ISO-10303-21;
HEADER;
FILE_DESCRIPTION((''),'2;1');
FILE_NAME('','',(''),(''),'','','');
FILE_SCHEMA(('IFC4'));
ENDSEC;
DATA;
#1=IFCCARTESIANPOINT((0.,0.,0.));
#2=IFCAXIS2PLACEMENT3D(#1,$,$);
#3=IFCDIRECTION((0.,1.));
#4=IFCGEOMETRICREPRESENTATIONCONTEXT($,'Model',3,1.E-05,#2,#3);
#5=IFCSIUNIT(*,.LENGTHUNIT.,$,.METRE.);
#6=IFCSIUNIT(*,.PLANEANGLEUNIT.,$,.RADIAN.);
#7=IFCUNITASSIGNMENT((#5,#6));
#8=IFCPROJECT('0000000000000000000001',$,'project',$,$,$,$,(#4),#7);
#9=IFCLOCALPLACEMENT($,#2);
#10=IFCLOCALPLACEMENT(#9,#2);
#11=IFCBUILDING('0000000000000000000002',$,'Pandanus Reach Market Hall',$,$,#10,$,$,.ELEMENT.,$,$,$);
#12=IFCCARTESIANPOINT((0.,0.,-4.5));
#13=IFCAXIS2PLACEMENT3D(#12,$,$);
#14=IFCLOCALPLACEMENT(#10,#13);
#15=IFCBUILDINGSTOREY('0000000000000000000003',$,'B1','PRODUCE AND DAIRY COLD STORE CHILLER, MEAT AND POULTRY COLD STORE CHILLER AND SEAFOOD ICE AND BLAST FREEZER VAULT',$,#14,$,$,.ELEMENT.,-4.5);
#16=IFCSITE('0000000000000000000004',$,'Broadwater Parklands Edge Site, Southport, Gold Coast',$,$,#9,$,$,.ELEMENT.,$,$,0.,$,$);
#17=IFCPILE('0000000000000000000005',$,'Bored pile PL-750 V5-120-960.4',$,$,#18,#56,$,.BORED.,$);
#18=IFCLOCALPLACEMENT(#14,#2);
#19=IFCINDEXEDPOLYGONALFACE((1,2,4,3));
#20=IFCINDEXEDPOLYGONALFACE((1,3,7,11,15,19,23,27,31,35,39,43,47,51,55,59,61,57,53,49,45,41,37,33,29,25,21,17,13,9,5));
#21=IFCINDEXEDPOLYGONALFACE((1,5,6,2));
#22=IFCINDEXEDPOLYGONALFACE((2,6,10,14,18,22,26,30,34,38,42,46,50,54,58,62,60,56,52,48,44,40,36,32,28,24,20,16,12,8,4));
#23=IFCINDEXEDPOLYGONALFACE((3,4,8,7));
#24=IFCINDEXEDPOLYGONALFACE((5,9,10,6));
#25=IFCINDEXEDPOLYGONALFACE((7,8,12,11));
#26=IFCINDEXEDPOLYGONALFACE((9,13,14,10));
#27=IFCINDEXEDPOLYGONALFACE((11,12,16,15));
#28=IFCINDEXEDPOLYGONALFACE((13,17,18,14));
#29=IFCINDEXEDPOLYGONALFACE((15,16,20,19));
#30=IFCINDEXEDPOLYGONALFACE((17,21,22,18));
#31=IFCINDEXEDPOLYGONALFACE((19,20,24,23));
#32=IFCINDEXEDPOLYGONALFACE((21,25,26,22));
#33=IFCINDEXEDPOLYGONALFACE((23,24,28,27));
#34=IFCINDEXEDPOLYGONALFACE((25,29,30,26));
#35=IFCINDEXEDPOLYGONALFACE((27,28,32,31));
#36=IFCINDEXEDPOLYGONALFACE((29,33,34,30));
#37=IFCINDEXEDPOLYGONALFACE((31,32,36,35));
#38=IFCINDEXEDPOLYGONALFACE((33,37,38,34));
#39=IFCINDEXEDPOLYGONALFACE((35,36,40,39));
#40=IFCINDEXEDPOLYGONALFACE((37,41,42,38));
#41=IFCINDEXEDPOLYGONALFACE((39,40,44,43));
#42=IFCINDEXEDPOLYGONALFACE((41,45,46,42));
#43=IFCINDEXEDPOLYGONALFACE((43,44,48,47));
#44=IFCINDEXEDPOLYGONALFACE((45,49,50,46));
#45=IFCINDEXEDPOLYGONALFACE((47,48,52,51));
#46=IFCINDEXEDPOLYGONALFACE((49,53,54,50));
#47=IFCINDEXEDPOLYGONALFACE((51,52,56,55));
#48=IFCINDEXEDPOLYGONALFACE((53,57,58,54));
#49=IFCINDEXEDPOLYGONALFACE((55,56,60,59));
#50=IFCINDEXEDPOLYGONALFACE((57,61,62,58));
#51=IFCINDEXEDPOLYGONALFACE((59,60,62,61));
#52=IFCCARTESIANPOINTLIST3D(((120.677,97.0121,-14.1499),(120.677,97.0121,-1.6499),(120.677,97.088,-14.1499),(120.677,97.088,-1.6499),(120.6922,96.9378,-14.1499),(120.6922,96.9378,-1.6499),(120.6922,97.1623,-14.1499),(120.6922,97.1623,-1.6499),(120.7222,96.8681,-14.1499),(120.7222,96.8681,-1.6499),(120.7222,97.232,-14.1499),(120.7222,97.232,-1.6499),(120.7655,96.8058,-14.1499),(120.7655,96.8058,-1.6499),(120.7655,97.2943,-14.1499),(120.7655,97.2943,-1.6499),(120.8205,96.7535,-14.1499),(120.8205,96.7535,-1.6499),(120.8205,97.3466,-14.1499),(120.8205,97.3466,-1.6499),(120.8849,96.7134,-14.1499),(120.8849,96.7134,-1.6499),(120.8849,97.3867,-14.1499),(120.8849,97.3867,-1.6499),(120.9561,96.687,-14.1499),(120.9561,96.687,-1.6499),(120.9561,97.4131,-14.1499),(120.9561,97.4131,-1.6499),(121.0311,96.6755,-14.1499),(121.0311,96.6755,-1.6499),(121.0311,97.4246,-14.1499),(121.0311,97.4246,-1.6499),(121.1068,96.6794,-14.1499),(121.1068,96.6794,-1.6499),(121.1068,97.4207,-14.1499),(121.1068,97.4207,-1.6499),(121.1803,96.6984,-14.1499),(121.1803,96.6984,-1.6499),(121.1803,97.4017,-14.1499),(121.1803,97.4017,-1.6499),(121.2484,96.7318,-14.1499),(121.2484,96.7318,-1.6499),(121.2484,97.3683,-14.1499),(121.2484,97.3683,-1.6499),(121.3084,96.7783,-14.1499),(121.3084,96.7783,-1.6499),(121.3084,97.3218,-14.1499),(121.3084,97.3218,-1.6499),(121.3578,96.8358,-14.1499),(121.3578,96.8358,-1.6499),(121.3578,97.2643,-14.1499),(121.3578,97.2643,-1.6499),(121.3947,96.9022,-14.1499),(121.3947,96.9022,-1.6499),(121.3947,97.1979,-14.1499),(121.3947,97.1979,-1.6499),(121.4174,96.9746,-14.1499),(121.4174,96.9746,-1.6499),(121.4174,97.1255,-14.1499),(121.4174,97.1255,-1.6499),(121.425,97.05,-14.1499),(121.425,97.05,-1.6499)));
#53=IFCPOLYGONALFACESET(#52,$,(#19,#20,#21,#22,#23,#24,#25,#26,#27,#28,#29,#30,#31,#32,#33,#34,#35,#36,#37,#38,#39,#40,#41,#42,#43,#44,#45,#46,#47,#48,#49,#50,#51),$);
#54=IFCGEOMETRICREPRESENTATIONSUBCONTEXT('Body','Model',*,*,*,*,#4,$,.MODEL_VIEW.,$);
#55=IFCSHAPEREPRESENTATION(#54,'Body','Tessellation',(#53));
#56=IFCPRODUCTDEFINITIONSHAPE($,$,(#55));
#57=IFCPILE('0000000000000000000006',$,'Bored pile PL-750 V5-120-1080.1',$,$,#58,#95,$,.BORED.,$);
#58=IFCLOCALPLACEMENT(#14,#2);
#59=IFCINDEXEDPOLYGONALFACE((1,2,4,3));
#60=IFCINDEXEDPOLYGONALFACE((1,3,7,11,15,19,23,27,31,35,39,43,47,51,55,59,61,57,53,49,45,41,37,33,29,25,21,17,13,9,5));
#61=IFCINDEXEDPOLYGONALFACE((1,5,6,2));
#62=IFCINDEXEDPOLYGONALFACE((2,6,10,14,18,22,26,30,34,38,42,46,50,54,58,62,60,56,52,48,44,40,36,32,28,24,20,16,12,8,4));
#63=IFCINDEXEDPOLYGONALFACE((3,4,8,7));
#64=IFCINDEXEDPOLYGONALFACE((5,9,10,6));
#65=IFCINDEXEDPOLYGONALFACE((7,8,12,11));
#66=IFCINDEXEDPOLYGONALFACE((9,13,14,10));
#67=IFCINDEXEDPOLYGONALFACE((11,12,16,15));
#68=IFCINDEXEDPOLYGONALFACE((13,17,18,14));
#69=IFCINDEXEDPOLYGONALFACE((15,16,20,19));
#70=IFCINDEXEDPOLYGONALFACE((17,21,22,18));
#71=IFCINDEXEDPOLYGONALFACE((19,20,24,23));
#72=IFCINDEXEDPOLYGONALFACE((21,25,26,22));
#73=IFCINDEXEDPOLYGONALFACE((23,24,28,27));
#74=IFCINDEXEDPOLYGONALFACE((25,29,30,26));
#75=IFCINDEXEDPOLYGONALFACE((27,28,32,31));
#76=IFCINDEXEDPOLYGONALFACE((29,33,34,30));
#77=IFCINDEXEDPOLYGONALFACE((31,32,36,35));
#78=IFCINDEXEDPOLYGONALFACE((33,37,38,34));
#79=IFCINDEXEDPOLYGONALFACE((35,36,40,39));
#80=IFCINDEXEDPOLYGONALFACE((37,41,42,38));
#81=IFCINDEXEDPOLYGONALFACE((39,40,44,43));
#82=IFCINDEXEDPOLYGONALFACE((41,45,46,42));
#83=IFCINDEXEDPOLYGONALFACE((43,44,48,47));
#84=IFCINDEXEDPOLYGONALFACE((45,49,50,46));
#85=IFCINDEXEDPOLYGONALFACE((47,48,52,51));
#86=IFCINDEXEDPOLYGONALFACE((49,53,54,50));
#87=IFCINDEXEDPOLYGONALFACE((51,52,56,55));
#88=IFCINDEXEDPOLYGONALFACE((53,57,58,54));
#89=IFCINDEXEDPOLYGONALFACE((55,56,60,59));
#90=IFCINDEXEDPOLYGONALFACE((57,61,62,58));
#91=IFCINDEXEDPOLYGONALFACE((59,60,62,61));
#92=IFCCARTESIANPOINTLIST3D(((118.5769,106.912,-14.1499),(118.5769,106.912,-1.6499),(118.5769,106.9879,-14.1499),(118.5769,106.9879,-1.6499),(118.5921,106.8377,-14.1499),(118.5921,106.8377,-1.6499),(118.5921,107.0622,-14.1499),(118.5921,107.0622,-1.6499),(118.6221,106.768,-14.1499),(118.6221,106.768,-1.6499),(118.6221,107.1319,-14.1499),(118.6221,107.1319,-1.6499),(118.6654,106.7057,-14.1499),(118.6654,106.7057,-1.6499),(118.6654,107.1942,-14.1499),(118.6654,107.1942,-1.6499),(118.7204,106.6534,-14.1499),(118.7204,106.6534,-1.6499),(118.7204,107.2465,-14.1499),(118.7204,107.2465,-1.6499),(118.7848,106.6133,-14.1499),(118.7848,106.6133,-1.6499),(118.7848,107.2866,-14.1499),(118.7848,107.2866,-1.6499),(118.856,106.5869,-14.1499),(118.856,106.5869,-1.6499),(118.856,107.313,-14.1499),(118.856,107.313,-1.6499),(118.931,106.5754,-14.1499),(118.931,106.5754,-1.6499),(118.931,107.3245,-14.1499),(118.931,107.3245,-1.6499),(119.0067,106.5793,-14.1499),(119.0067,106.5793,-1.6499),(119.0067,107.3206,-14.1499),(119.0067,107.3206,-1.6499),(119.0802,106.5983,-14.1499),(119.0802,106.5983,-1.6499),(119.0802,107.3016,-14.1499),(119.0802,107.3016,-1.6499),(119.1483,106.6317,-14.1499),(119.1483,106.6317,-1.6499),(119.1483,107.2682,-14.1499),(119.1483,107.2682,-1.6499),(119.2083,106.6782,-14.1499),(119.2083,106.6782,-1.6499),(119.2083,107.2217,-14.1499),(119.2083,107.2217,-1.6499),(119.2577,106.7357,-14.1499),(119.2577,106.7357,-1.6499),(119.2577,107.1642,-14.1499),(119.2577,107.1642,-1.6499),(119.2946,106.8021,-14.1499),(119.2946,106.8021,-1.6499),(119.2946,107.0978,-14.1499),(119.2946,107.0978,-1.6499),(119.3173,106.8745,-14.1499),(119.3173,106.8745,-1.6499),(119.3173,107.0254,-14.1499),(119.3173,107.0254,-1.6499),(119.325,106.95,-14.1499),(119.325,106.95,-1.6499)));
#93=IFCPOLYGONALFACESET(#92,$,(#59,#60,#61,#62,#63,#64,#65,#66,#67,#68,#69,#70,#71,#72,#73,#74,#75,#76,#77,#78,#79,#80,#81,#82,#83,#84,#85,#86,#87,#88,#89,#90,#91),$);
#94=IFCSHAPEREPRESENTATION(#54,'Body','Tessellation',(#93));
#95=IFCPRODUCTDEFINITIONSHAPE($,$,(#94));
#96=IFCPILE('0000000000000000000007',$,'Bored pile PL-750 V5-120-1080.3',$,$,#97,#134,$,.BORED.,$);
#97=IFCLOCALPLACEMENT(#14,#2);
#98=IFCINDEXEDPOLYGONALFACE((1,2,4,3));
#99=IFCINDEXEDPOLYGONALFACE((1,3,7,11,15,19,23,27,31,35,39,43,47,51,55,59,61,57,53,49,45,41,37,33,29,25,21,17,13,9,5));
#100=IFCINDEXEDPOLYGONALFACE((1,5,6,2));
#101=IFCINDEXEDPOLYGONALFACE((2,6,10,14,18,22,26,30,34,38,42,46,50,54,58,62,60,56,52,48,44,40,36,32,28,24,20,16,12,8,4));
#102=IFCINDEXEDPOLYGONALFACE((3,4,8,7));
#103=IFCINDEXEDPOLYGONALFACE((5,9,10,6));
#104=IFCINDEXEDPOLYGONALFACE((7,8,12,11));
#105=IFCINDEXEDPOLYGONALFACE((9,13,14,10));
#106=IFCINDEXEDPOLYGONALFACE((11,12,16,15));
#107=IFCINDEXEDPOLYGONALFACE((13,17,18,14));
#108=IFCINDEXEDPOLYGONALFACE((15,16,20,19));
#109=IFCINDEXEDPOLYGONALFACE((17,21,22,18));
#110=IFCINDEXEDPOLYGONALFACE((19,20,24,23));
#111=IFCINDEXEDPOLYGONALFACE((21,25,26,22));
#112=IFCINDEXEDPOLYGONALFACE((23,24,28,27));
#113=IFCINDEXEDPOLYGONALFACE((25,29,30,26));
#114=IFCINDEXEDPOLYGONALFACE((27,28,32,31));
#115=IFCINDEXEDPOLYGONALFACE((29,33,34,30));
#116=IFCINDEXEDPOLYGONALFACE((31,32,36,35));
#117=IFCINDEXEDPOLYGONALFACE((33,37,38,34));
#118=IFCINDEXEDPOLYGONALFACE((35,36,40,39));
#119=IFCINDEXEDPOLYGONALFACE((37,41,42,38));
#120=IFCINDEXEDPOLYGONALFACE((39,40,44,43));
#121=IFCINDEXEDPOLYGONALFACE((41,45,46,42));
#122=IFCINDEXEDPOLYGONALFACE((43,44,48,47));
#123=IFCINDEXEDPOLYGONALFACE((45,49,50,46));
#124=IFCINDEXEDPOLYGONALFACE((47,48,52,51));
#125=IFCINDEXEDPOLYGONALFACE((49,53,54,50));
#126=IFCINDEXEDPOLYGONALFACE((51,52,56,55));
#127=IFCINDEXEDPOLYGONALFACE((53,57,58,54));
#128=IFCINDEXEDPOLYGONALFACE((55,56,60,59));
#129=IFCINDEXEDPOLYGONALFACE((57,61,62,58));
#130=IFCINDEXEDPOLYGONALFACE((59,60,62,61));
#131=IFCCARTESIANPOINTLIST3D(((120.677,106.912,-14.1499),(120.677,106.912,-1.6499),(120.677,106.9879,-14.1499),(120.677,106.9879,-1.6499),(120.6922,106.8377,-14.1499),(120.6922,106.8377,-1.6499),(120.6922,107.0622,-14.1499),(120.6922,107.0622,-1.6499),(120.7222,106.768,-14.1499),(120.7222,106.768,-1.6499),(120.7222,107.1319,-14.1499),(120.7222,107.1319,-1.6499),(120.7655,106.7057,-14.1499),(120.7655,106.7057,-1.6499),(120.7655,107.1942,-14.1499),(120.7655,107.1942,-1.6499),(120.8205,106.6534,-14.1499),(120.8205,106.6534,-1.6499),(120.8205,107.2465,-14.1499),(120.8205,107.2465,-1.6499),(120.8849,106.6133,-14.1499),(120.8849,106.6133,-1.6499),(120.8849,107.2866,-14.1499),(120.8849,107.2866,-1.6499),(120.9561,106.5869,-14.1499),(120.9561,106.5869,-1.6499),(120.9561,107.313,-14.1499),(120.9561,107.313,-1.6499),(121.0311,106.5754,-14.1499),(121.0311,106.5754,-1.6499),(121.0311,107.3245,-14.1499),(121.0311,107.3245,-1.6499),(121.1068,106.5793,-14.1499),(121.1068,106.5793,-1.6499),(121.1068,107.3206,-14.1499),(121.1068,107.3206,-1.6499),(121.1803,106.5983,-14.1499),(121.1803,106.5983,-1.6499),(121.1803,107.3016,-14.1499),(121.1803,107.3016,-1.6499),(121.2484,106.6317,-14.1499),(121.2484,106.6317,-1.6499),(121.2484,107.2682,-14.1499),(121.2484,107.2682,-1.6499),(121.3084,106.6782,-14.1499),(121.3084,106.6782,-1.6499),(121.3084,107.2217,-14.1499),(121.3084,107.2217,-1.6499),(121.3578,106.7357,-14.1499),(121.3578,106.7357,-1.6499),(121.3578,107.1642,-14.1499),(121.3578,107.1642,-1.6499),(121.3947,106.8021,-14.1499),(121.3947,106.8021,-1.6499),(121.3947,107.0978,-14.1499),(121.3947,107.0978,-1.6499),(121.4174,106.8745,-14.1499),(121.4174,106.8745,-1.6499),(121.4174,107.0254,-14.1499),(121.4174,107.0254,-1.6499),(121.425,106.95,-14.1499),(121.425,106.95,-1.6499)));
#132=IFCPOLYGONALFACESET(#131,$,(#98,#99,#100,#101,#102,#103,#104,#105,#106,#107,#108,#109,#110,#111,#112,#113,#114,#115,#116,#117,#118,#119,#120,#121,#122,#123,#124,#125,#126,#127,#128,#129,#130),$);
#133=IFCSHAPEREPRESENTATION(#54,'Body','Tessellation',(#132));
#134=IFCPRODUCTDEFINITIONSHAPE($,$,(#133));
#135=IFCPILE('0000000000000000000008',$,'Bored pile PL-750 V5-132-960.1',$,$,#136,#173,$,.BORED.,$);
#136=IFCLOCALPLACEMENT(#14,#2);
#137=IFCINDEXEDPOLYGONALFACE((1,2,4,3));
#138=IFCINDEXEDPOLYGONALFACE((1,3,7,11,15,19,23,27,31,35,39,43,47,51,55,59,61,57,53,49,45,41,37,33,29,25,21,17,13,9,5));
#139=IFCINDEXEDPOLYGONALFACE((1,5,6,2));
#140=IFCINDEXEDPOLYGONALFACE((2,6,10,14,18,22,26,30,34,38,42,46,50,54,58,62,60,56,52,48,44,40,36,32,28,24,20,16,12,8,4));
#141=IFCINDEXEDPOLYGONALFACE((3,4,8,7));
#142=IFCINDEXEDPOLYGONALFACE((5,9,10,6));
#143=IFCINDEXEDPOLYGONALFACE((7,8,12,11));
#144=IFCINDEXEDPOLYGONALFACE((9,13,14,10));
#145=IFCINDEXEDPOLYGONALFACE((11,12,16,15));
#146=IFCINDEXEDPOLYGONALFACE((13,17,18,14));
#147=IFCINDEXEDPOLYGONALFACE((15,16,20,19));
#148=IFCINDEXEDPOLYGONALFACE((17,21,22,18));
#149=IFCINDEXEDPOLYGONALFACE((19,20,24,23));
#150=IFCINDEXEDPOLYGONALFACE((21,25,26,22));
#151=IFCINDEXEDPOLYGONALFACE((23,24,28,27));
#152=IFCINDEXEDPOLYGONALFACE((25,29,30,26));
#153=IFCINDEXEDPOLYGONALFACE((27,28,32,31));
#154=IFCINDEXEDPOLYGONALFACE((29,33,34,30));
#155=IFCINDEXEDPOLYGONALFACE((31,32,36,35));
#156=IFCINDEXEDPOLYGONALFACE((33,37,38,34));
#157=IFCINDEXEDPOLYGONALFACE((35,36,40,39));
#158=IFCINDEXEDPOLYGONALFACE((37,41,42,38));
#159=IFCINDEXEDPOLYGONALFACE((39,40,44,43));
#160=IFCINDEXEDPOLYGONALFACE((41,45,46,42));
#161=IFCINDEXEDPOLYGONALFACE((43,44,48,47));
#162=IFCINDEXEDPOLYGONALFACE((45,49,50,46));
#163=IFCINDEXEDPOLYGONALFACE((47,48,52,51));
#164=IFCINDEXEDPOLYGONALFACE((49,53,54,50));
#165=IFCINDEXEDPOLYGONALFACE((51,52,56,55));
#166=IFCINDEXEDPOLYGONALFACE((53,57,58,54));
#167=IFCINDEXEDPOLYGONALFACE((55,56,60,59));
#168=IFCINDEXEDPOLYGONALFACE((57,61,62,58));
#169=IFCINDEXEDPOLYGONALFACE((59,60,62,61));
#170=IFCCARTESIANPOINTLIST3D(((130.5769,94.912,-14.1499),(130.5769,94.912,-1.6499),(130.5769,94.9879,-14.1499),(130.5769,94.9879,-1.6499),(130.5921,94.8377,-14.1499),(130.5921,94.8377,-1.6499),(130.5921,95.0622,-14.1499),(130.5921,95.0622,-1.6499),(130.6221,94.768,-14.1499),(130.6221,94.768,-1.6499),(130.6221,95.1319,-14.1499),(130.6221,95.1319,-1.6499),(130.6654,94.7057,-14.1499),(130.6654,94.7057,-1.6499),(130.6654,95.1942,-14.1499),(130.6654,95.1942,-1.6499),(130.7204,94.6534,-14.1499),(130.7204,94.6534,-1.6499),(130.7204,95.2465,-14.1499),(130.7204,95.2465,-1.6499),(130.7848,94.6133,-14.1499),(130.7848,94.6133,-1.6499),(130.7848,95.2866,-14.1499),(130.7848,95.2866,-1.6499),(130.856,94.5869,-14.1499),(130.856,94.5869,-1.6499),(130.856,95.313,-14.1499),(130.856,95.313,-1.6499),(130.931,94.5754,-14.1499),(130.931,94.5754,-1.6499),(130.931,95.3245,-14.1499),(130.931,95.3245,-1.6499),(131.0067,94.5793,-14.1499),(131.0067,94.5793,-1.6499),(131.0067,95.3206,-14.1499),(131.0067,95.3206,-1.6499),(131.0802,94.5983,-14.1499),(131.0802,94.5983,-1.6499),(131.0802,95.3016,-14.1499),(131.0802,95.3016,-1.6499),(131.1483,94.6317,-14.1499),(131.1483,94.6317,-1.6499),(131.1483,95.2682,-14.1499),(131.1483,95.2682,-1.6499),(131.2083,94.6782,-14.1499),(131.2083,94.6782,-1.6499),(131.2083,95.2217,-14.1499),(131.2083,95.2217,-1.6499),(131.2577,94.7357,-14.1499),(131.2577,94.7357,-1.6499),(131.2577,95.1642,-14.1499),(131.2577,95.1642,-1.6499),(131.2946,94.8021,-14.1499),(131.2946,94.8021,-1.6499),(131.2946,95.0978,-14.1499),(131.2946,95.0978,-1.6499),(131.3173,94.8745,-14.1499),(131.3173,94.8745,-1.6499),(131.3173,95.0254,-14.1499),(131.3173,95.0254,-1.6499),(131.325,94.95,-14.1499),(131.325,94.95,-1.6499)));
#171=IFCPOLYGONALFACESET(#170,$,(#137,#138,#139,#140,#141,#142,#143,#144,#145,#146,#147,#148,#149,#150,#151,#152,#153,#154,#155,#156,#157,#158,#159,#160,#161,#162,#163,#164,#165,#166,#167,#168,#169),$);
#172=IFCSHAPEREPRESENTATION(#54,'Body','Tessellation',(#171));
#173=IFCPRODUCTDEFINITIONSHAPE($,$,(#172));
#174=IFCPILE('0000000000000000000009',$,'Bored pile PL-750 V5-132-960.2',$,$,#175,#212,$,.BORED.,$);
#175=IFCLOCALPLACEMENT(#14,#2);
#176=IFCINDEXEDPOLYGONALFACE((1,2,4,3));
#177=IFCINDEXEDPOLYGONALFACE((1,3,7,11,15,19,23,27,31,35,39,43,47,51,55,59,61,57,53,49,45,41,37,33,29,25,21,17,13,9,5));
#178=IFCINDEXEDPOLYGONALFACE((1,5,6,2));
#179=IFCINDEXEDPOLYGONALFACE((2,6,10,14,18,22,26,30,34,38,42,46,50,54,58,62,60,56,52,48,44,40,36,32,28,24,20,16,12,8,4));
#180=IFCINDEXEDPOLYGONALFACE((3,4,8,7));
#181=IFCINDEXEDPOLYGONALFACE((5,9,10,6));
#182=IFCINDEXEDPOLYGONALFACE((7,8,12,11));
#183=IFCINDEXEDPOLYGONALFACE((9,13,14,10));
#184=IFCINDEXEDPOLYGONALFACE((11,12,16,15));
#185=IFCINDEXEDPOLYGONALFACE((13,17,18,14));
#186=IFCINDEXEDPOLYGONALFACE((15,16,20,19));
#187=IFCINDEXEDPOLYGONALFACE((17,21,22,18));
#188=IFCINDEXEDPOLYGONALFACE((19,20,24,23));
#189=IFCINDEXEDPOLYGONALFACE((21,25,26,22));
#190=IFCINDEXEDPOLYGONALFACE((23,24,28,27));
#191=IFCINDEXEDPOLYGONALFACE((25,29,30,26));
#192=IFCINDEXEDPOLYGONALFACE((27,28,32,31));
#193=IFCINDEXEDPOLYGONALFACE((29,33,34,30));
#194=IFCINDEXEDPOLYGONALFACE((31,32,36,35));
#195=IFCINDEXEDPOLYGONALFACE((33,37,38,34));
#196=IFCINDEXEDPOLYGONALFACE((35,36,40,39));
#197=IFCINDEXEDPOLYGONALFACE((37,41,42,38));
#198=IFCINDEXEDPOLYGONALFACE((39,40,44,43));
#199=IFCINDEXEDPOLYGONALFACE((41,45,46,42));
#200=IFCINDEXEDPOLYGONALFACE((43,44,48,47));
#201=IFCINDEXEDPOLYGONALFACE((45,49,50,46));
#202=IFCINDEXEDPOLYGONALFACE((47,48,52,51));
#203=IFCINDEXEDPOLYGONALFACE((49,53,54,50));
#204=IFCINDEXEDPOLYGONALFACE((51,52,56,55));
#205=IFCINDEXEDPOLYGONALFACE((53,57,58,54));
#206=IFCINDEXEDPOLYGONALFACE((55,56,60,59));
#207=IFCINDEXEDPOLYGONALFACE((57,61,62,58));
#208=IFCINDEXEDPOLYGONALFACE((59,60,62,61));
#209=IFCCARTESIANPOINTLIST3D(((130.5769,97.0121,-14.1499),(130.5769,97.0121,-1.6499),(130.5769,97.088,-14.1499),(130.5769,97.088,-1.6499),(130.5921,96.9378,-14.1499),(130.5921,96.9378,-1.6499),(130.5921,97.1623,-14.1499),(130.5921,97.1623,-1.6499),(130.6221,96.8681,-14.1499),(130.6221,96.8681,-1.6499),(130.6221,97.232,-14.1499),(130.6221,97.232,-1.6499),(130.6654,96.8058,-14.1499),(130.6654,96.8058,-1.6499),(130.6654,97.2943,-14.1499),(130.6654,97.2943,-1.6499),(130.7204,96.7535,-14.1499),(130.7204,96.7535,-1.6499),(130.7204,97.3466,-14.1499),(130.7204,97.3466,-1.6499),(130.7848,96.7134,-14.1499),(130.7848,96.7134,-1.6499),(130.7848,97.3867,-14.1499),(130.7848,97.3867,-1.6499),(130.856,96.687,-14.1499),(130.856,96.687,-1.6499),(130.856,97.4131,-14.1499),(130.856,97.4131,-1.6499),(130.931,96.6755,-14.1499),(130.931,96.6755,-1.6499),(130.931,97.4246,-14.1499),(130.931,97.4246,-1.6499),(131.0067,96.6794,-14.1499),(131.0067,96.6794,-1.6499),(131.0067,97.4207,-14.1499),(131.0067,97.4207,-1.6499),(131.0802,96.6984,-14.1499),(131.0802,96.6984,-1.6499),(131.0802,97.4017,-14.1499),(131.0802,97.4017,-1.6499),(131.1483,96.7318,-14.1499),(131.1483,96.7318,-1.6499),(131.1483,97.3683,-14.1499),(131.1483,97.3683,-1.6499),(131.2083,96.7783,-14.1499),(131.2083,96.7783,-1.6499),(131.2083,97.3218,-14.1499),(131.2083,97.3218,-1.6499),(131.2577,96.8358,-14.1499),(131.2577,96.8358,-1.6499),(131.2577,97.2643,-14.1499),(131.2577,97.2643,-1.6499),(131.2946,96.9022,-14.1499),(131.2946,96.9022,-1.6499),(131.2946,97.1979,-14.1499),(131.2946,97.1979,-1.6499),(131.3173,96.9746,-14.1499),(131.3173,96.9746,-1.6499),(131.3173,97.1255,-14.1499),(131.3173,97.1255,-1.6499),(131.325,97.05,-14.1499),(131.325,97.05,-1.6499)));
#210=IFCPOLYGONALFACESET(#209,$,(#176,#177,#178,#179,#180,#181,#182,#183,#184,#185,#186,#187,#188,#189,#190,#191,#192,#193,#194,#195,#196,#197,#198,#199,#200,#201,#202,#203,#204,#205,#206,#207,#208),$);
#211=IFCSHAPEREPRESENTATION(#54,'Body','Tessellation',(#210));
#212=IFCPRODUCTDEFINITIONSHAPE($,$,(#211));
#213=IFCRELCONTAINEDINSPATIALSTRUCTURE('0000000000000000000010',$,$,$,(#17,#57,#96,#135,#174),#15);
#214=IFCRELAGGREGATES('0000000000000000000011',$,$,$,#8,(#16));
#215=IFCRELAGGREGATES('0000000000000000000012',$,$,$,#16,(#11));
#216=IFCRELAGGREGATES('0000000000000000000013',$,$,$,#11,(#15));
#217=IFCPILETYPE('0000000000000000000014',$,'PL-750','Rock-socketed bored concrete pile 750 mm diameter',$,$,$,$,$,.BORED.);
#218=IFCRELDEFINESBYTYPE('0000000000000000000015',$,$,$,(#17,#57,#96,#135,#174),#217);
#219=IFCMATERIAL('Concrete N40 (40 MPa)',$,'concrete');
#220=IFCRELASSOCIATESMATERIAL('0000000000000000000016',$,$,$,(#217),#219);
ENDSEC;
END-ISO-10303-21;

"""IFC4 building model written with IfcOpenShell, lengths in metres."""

from ifc_helpers import new_model, si_unit, direction, frame, origin, origin_2d, place, context, subcontext, project, spatial, circle, extrude, material, material_profile, profile_set, type_object, element, save


model = new_model("IFC4")

# Units and contexts
model_context = context("Model", 3, precision=1e-05, world=origin(), true_north=direction((0.0, 1.0)))
body_context = subcontext(model_context, "Body", "Model", "MODEL_VIEW")
ifc_project = project(units=[si_unit("LENGTHUNIT", "METRE"), si_unit("PLANEANGLEUNIT", "RADIAN")], contexts=[model_context])

# Site, building, storey
site_placement = place(None, origin())
site = spatial("IfcSite", under=ifc_project, at=site_placement, Name="Broadwater Parklands Edge Site, Southport, Gold Coast", CompositionType="ELEMENT", RefElevation=0.0)
building_placement = place(site_placement, origin())
building = spatial("IfcBuilding", under=site, at=building_placement, Name="Pandanus Reach Market Hall", CompositionType="ELEMENT")
storey_placement = place(building_placement, frame((0.0, 0.0, -4.5)))
storey = spatial("IfcBuildingStorey", under=building, at=storey_placement, Name="B1", Description="PRODUCE AND DAIRY COLD STORE CHILLER, MEAT AND POULTRY COLD STORE CHILLER AND SEAFOOD ICE AND BLAST FREEZER VAULT", CompositionType="ELEMENT", Elevation=-4.5)

# Shared definitions
ifc_material_1 = material(Name="Concrete N40 (40 MPa)", Category="concrete")

# Piles
ifc_material_profile_1 = material_profile(ifc_material_1, circle(Radius=0.375, at=origin_2d()), Name="PILE-750D", Category="LoadBearing")
ifc_profile_set_1 = profile_set([ifc_material_profile_1], Name="Concrete N40 (40 MPa)")
pile_type = type_object("IfcPileType", Name="PL-750", Description="Rock-socketed bored concrete pile 750 mm diameter", PredefinedType="BORED", material=ifc_profile_set_1)
for number, where, z_axis, x_axis, name in (
    (1, (121.05, 97.05, -1.6499), (0.0, 0.0, -1.0), (1.0, 0.0, 0.0), "Bored pile PL-750 V5-120-960.4"),
    (2, (118.95, 106.95, -1.6499), (0.0, 0.0, -1.0), (1.0, 0.0, 0.0), "Bored pile PL-750 V5-120-1080.1"),
    (3, (121.05, 106.95, -1.6499), (0.0, 0.0, -1.0), (1.0, 0.0, 0.0), "Bored pile PL-750 V5-120-1080.3"),
    (4, (130.95, 94.95, -1.6499), (0.0, 0.0, -1.0), (1.0, 0.0, 0.0), "Bored pile PL-750 V5-132-960.1"),
    (5, (130.95, 97.05, -1.6499), (0.0, 0.0, -1.0), (1.0, 0.0, 0.0), "Bored pile PL-750 V5-132-960.2"),
):
    element("IfcPile", number, at=place(storey_placement, frame(where, z_axis=z_axis, x_axis=x_axis)), inside=storey, type_object=pile_type, Name=name, PredefinedType="BORED", context=body_context, shape_type="SweptSolid", body=[
        extrude(circle(Radius=0.375, at=origin_2d()), origin(), (0.0, 0.0, 1.0), 12.5),
    ])

save(model, "model.ifc")
